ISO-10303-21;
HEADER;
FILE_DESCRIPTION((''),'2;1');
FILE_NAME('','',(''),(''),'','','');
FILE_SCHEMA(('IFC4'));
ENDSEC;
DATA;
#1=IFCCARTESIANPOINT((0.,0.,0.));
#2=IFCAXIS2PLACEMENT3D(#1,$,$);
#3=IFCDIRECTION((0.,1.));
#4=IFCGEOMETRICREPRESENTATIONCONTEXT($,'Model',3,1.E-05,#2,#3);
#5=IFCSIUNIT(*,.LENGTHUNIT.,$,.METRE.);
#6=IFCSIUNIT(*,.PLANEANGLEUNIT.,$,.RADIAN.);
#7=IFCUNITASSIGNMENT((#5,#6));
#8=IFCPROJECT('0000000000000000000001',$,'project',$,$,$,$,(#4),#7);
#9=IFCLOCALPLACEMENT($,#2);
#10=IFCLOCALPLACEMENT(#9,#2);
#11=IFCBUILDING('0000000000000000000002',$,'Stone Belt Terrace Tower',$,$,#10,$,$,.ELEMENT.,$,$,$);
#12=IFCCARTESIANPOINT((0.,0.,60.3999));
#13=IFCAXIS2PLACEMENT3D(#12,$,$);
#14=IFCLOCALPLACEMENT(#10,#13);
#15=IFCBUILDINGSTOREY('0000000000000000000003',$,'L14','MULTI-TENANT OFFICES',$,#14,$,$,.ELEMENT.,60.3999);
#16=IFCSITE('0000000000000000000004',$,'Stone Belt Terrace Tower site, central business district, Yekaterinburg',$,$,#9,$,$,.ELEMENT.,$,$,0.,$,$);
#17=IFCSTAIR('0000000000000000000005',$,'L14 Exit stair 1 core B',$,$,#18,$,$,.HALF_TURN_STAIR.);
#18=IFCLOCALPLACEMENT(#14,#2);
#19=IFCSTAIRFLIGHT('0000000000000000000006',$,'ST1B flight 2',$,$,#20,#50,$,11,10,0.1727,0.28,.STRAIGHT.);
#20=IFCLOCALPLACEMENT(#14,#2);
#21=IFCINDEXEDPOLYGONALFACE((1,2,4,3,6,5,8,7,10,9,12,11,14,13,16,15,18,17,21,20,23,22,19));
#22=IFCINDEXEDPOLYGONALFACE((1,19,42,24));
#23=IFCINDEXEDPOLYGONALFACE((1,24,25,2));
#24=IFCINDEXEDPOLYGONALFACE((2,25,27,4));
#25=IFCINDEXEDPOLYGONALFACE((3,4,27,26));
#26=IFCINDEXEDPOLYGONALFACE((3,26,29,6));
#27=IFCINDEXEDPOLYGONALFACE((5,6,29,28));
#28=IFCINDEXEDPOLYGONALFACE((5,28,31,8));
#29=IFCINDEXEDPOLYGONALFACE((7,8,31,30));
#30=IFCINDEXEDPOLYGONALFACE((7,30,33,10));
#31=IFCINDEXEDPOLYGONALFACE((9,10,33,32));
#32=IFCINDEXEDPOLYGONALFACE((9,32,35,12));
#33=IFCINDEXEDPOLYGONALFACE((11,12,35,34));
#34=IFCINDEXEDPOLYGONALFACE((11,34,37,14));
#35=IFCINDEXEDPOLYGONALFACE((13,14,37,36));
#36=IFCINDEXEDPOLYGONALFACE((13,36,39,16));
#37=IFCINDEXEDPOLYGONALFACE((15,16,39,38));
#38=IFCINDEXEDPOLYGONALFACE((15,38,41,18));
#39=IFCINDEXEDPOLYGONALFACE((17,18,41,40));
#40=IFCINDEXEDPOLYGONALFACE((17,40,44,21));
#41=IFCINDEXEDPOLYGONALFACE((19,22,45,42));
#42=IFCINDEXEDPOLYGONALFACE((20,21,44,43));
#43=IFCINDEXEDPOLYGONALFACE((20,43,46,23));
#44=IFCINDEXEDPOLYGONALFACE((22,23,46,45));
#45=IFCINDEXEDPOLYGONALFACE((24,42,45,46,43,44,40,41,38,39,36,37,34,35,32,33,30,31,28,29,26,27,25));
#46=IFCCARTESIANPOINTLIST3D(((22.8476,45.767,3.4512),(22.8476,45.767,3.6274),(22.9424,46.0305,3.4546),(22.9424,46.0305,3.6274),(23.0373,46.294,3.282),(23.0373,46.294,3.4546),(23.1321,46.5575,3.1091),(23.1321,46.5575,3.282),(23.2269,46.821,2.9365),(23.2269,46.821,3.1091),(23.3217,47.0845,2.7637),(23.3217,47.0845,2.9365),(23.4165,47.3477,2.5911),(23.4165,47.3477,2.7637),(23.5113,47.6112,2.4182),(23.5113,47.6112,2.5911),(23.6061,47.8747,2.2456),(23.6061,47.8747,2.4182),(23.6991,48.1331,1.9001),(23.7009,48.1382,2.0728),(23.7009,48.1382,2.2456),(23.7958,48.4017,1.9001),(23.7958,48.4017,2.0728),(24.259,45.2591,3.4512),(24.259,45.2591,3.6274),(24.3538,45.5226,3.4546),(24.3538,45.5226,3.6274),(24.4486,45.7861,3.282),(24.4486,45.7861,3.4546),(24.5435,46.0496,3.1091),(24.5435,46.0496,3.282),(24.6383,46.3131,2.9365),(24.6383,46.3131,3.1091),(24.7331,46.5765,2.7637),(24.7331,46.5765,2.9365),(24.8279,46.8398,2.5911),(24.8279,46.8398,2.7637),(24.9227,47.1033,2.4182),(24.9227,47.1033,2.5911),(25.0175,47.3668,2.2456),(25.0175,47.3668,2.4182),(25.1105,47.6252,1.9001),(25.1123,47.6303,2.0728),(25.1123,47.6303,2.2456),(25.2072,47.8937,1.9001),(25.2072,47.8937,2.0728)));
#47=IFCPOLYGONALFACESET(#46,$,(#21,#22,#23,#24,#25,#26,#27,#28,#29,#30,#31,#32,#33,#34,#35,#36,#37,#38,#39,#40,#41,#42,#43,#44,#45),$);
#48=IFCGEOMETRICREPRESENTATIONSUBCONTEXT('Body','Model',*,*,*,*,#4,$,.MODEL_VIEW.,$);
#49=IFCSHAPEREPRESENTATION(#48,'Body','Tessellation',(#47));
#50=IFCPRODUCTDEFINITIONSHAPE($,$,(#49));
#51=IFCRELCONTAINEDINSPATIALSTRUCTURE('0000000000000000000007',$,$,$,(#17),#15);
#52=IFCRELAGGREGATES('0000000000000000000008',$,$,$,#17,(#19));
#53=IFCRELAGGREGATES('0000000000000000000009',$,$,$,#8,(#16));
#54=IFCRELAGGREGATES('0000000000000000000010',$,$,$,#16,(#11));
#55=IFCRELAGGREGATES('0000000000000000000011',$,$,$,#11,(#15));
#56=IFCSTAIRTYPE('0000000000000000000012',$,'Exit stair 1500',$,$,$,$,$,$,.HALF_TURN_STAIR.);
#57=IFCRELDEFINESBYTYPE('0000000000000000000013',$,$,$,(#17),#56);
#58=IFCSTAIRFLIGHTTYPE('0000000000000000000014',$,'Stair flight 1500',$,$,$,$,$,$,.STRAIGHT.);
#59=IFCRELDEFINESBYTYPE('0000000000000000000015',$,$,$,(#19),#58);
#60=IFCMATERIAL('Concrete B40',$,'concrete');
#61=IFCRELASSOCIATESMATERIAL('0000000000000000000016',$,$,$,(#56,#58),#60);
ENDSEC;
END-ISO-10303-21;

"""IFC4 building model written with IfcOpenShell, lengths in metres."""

from ifc_helpers import new_model, si_unit, direction, frame, origin, place, context, subcontext, project, spatial, polyline, outline, extrude, material, type_object, element, aggregate, save


model = new_model("IFC4")

# Units and contexts
model_context = context("Model", 3, precision=1e-05, world=origin(), true_north=direction((0.0, 1.0)))
body_context = subcontext(model_context, "Body", "Model", "MODEL_VIEW")
ifc_project = project(units=[si_unit("LENGTHUNIT", "METRE"), si_unit("PLANEANGLEUNIT", "RADIAN")], contexts=[model_context])

# Site, building, storey
site_placement = place(None, origin())
site = spatial("IfcSite", under=ifc_project, at=site_placement, Name="Stone Belt Terrace Tower site, central business district, Yekaterinburg", CompositionType="ELEMENT", RefElevation=0.0)
building_placement = place(site_placement, origin())
building = spatial("IfcBuilding", under=site, at=building_placement, Name="Stone Belt Terrace Tower", CompositionType="ELEMENT")
storey_placement = place(building_placement, frame((0.0, 0.0, 60.3999)))
storey = spatial("IfcBuildingStorey", under=building, at=storey_placement, Name="L14", Description="MULTI-TENANT OFFICES", CompositionType="ELEMENT", Elevation=60.3999)

# Stair, stair flight
ifc_material_1 = material(Name="Concrete B40", Category="concrete")
stair_type = type_object("IfcStairType", Name="Exit stair 1500", PredefinedType="HALF_TURN_STAIR", material=ifc_material_1)
stair_placement = place(storey_placement, origin())
stair = element("IfcStair", 1, at=stair_placement, inside=storey, type_object=stair_type, Name="L14 Exit stair 1 core B", PredefinedType="HALF_TURN_STAIR")
stair_flight_type = type_object("IfcStairFlightType", Name="Stair flight 1500", PredefinedType="STRAIGHT", material=ifc_material_1)
stair_flight_placement = place(storey_placement, frame((24.5015, 48.1477, 1.9001), z_axis=(0.0, 0.0, 1.0), x_axis=(-0.338624, -0.940922, 0.0)))
stair_flight = element("IfcStairFlight", 2, at=stair_flight_placement, type_object=stair_flight_type, Name="ST1B flight 2", NumberOfRisers=11, NumberOfTreads=10, PredefinedType="STRAIGHT", RiserHeight=0.1727, TreadLength=0.28, context=body_context, shape_type="SweptSolid", body=[
    extrude(outline(polyline([(0.0, 0.0), (0.0, 0.1726), (0.28, 0.1726), (0.28, 0.3455), (0.5601, 0.3455), (0.5601, 0.5181), (0.8401, 0.5181), (0.8401, 0.6909), (1.1201, 0.6909), (1.1201, 0.8635), (1.3999, 0.8635), (1.3999, 1.0364), (1.6799, 1.0364), (1.6799, 1.209), (1.96, 1.209), (1.96, 1.3818), (2.24, 1.3818), (2.24, 1.5544), (2.52, 1.5544), (2.52, 1.7273), (2.8, 1.7273), (2.8, 1.8999), (2.8, 1.551), (0.2854, 0.0), (0.0, 0.0)])), frame((0.0, 0.75, 0.0), z_axis=(0.0, -1.0, 0.0), x_axis=(1.0, 0.0, 0.0)), (0.0, 0.0, 1.0), 1.5),
])
aggregate(stair, [stair_flight])

save(model, "model.ifc")
